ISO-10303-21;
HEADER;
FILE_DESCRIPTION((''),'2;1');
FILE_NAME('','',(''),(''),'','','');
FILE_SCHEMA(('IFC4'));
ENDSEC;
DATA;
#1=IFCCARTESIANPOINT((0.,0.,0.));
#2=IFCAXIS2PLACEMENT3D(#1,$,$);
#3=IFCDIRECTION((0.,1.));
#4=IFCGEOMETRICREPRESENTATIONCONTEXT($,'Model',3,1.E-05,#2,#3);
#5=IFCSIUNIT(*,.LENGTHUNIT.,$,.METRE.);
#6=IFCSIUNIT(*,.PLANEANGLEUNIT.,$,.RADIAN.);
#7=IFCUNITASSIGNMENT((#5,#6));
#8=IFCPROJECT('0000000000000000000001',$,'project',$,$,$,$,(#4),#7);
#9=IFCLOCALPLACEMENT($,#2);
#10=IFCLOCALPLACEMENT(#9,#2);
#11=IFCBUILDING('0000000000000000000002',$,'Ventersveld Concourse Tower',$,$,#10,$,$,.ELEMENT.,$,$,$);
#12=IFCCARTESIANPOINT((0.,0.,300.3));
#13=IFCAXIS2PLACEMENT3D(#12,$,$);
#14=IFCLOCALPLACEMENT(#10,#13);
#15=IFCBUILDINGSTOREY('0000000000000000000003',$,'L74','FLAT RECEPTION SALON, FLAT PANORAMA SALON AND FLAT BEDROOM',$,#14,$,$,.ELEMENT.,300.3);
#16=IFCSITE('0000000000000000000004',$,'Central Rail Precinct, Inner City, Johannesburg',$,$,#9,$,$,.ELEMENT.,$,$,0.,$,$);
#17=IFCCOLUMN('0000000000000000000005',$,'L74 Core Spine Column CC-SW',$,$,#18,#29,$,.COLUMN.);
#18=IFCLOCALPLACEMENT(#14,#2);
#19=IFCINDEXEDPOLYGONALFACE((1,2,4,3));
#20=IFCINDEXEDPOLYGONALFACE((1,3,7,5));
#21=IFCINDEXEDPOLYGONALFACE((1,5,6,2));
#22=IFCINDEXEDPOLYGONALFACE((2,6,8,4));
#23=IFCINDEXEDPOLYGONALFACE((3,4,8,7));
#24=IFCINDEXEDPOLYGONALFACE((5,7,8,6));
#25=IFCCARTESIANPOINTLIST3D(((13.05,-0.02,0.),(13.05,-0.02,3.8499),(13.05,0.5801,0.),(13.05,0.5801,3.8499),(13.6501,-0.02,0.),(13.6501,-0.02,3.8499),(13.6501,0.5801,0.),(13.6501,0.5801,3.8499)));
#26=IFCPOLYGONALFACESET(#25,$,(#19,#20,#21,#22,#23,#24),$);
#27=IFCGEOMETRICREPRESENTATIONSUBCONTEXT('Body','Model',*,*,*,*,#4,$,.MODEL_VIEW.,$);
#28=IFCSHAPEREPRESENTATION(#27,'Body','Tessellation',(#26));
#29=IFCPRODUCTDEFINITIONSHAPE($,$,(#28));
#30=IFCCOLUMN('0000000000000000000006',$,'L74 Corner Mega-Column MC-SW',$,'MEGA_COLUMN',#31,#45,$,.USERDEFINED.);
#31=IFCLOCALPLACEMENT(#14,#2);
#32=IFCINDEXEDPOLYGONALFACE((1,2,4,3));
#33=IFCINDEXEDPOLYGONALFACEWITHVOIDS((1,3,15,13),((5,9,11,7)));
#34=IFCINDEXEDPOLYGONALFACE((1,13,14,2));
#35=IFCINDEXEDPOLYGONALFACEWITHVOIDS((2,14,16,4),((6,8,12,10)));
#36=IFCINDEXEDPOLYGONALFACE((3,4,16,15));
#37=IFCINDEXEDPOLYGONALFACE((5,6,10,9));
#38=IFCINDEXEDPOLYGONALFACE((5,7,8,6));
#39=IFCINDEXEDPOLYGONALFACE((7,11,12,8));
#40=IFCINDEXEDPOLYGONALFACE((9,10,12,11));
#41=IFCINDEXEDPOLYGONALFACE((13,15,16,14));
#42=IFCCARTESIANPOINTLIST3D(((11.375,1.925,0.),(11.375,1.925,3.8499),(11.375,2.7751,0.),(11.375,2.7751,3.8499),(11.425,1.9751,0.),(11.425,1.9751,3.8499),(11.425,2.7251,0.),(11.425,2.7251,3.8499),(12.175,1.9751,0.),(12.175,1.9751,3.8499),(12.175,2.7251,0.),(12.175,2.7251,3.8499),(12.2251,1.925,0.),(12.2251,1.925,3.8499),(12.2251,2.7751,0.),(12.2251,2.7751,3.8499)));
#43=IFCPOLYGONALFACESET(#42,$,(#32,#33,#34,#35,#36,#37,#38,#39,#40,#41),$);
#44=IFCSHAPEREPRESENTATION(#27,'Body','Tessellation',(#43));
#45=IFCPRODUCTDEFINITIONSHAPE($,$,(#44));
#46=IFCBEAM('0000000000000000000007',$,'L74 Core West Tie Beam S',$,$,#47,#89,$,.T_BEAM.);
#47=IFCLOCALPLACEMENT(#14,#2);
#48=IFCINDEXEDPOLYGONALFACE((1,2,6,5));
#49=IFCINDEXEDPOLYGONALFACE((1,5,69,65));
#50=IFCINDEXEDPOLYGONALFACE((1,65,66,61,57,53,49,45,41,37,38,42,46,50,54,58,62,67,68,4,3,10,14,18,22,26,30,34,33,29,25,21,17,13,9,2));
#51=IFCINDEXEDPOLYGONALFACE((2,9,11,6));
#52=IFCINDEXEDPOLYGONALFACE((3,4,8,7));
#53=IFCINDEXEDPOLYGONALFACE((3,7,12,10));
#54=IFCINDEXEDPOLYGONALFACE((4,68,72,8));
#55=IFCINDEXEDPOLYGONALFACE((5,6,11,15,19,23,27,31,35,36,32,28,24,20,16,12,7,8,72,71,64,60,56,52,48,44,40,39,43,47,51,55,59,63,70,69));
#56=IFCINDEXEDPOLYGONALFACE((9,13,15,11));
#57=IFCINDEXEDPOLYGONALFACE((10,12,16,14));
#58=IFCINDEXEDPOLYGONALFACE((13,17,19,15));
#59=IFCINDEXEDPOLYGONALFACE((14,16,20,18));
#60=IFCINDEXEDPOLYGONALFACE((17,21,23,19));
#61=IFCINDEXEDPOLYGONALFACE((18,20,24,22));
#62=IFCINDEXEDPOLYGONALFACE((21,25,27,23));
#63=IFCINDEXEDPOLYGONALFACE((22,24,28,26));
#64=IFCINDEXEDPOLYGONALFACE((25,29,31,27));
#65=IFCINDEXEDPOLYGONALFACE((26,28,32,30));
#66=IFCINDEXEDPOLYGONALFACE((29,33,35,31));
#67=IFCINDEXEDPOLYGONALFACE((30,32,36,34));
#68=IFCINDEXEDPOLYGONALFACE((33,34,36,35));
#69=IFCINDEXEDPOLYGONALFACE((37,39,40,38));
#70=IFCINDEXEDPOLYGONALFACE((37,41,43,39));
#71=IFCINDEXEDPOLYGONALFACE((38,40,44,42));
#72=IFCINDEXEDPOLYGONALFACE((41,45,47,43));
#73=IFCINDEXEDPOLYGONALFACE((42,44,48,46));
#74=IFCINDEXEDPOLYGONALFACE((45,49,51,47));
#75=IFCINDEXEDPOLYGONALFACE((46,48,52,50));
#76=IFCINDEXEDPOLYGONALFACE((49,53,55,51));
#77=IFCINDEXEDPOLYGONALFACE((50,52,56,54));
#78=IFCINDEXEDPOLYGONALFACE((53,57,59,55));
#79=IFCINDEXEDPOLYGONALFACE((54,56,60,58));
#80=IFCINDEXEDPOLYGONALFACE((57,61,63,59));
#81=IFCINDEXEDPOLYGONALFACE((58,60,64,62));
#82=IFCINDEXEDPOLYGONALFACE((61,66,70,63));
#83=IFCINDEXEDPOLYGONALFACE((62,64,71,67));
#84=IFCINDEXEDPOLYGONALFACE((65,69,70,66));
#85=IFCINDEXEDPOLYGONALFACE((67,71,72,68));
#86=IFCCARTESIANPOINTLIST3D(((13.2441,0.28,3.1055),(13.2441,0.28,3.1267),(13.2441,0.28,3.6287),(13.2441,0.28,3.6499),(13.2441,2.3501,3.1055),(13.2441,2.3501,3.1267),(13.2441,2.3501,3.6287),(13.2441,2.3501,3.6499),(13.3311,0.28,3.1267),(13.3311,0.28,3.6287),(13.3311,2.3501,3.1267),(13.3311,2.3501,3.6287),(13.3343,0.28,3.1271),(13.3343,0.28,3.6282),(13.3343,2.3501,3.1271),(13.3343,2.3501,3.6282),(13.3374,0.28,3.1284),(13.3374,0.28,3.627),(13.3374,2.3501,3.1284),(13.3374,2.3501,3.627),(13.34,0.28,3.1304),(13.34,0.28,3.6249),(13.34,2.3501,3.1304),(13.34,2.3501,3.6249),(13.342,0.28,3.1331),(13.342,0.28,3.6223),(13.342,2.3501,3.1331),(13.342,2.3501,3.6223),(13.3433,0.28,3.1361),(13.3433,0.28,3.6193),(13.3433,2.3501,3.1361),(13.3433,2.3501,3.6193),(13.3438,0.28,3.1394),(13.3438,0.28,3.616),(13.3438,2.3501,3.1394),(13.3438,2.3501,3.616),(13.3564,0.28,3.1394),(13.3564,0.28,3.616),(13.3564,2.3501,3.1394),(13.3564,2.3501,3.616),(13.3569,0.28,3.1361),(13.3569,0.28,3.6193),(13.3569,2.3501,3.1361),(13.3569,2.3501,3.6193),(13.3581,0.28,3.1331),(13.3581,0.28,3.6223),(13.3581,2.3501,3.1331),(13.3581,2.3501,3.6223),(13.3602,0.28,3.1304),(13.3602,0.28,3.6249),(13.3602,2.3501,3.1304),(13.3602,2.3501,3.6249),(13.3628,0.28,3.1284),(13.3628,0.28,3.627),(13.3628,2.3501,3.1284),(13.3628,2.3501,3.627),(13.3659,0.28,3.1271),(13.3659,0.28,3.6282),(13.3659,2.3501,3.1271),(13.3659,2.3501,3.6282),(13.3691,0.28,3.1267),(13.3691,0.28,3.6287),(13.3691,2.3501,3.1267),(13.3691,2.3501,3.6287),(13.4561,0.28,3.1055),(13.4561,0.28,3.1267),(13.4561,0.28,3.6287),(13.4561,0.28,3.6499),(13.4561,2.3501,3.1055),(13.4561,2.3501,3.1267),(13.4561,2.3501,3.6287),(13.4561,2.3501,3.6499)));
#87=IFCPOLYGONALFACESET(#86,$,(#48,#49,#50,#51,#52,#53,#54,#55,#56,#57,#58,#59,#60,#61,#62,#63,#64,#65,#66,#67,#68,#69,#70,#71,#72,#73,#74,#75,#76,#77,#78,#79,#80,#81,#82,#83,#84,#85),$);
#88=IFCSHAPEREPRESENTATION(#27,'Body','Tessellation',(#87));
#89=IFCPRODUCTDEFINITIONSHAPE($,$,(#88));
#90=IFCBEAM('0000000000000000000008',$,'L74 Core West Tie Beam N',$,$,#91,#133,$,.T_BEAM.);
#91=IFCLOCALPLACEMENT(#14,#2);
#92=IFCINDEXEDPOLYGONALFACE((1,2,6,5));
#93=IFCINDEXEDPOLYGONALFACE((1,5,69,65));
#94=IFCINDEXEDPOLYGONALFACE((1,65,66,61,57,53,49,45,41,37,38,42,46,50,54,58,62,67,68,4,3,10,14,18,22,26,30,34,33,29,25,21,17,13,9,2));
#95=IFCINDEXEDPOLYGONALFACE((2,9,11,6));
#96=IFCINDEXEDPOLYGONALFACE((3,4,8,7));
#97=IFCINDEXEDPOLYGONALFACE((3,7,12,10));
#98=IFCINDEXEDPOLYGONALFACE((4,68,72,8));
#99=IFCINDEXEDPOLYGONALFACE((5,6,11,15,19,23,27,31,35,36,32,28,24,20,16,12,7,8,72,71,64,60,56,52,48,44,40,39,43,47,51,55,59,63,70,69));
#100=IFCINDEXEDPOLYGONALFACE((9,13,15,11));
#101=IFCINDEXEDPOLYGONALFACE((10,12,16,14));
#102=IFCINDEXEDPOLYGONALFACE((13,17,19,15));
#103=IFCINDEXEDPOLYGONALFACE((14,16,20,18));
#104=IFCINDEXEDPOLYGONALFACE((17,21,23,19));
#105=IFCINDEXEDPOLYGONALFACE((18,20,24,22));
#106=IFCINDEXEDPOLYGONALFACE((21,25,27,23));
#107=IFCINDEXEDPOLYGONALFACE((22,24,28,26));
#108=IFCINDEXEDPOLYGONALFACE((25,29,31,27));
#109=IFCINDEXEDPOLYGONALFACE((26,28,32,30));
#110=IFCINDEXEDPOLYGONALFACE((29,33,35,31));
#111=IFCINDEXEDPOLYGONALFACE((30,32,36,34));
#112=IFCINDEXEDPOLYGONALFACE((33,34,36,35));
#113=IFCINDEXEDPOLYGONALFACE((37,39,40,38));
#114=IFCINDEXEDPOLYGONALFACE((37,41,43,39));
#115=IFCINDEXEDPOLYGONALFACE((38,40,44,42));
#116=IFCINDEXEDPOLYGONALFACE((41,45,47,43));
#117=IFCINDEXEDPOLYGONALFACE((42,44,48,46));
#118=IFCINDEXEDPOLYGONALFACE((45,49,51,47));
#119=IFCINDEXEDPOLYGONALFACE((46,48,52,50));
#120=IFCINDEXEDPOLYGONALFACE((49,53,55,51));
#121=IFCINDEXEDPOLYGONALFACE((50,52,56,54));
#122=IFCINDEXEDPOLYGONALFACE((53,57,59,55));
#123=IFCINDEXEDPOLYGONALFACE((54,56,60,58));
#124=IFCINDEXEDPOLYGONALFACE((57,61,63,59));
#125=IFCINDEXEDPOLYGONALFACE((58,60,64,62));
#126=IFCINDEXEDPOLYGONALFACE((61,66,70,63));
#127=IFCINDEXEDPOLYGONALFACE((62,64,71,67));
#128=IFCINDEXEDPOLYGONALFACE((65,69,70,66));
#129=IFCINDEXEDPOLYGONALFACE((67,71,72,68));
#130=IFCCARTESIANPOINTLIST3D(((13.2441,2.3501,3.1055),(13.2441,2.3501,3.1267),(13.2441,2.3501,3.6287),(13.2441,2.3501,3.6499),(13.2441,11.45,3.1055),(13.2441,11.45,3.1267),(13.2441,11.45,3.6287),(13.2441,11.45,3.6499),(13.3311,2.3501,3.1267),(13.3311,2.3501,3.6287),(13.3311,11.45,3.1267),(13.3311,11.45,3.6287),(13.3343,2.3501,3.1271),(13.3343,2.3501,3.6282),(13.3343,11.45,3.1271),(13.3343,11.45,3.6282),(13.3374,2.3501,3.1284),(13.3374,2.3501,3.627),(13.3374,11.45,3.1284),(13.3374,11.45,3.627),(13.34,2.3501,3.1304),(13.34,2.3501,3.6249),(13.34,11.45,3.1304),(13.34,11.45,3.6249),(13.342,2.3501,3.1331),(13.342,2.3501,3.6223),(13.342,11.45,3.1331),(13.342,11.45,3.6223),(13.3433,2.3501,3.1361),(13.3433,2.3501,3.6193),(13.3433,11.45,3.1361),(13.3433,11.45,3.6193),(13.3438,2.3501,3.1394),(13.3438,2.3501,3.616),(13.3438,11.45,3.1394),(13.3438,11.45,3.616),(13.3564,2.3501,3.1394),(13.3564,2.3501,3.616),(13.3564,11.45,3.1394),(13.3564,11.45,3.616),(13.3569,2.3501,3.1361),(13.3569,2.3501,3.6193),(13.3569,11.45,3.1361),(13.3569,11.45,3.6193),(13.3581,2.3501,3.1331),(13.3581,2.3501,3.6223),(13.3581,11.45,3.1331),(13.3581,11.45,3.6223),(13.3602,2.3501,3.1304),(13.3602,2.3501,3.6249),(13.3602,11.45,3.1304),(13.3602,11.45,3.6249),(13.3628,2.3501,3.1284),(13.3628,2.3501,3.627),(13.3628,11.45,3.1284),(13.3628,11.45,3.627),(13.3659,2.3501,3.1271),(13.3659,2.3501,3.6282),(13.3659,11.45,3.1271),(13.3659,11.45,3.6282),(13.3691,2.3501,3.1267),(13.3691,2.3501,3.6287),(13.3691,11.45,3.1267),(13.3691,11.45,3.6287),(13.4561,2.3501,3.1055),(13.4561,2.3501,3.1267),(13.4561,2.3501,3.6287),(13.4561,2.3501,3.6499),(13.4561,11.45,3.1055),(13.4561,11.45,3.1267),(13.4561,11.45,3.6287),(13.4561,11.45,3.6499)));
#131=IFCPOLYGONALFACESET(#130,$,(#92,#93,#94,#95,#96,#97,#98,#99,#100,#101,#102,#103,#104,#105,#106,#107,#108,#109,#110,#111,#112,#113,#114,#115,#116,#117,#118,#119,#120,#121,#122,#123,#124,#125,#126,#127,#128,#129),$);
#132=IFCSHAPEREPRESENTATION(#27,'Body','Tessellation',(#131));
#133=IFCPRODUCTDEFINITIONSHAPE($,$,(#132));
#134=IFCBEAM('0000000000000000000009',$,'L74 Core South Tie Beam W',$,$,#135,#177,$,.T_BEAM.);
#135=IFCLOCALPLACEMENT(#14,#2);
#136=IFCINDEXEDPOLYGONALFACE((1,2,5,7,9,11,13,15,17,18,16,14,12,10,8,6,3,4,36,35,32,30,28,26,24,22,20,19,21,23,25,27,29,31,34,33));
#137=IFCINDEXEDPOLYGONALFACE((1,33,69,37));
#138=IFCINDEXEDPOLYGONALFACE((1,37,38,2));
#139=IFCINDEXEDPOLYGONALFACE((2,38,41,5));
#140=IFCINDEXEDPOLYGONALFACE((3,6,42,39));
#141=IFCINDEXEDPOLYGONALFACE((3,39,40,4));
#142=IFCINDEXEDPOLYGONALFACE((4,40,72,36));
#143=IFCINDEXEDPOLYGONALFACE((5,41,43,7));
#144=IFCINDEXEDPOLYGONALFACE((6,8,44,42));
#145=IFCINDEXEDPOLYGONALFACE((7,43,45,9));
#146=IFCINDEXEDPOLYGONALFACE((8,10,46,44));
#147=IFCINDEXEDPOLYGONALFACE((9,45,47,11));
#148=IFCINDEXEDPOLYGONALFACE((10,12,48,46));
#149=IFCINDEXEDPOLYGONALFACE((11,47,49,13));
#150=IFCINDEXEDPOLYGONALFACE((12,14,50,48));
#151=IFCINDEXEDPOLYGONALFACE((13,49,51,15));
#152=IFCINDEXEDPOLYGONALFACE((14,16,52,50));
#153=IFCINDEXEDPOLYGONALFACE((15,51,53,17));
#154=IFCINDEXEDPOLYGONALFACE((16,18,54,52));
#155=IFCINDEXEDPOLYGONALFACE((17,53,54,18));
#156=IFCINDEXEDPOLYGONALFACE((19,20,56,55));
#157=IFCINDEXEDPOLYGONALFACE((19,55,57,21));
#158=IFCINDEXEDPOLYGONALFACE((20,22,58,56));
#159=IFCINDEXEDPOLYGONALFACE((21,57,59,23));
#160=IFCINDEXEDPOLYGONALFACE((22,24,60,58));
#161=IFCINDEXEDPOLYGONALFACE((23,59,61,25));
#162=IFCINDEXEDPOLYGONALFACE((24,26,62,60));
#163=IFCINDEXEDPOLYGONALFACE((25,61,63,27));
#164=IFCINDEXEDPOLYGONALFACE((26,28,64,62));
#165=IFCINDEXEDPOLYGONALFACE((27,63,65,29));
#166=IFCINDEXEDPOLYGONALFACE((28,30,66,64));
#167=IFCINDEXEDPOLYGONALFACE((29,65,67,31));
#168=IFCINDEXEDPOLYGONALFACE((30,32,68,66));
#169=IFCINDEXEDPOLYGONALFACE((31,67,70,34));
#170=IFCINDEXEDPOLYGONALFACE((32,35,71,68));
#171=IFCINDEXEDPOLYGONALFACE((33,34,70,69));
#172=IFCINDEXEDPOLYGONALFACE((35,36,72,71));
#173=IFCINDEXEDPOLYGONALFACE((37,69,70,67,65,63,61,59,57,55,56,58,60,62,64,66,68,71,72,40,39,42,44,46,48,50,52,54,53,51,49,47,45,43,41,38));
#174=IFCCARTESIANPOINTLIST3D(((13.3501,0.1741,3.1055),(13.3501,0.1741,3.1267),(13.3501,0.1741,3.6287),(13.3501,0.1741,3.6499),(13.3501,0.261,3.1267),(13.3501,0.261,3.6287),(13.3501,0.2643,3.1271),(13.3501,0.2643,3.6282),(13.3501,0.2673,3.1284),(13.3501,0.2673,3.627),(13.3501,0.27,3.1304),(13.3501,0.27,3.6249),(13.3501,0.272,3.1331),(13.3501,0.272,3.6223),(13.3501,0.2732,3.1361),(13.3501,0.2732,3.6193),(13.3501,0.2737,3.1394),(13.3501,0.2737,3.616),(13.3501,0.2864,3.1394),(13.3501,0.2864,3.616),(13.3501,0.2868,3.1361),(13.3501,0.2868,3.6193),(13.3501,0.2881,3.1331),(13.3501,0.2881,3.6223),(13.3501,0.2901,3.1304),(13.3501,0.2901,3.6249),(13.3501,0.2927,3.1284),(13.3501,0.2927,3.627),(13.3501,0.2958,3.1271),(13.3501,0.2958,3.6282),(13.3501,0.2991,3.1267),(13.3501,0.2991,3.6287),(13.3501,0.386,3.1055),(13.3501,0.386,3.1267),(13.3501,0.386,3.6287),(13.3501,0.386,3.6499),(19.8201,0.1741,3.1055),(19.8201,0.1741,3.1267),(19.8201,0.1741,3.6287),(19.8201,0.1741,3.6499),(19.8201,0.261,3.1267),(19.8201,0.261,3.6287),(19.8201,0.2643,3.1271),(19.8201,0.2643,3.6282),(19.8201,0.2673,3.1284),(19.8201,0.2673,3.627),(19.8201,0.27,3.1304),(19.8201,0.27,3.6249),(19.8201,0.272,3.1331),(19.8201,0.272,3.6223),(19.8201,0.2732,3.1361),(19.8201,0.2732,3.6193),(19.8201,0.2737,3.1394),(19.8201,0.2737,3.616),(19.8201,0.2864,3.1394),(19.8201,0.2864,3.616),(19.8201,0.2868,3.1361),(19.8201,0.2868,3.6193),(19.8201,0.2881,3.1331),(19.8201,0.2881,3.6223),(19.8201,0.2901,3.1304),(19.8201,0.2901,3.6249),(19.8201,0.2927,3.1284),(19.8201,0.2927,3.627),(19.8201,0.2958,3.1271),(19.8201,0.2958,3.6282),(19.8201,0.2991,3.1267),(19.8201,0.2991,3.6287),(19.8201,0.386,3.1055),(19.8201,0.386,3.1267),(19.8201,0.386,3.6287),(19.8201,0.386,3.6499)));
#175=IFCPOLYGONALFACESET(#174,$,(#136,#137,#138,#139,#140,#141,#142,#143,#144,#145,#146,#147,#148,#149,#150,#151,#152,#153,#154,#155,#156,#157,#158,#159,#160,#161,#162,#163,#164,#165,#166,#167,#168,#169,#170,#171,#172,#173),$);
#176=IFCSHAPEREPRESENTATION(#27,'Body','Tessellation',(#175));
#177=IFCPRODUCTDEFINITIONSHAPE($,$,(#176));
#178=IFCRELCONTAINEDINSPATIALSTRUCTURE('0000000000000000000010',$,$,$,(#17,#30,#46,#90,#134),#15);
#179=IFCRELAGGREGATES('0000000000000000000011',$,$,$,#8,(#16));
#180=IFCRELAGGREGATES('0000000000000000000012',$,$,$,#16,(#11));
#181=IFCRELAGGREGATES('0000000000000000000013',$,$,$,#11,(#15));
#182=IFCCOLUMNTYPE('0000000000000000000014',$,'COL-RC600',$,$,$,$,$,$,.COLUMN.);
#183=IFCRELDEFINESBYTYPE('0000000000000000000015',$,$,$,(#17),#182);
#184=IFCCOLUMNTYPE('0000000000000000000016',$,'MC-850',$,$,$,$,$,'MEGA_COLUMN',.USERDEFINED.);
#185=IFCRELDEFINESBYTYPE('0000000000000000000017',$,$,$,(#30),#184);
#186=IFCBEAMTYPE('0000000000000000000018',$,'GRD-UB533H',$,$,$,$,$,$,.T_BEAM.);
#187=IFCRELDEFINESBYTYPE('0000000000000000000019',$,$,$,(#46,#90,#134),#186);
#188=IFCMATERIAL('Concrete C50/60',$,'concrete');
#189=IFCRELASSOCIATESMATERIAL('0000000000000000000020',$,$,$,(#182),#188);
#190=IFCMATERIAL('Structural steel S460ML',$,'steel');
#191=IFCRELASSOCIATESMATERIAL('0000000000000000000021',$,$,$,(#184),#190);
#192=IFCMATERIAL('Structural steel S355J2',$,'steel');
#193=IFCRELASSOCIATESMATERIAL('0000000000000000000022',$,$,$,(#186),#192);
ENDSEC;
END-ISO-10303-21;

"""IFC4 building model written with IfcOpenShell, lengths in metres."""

from ifc_helpers import new_model, si_unit, direction, frame, origin, origin_2d, place, context, subcontext, project, spatial, rectangle, hollow_rectangle, i_section, extrude, material, material_profile, profile_set, type_object, element, save


model = new_model("IFC4")

# Units and contexts
model_context = context("Model", 3, precision=1e-05, world=origin(), true_north=direction((0.0, 1.0)))
body_context = subcontext(model_context, "Body", "Model", "MODEL_VIEW")
ifc_project = project(units=[si_unit("LENGTHUNIT", "METRE"), si_unit("PLANEANGLEUNIT", "RADIAN")], contexts=[model_context])

# Site, building, storey
site_placement = place(None, origin())
site = spatial("IfcSite", under=ifc_project, at=site_placement, Name="Central Rail Precinct, Inner City, Johannesburg", CompositionType="ELEMENT", RefElevation=0.0)
building_placement = place(site_placement, origin())
building = spatial("IfcBuilding", under=site, at=building_placement, Name="Ventersveld Concourse Tower", CompositionType="ELEMENT")
storey_placement = place(building_placement, frame((0.0, 0.0, 300.3)))
storey = spatial("IfcBuildingStorey", under=building, at=storey_placement, Name="L74", Description="FLAT RECEPTION SALON, FLAT PANORAMA SALON AND FLAT BEDROOM", CompositionType="ELEMENT", Elevation=300.3)

# Columns
ifc_material_1 = material(Name="Concrete C50/60", Category="concrete")
ifc_material_profile_1 = material_profile(ifc_material_1, rectangle(XDim=0.6001, YDim=0.6001, at=origin_2d()), Name="RC 600x600")
ifc_profile_set_1 = profile_set([ifc_material_profile_1], Name="Concrete C50/60")
column_type_1 = type_object("IfcColumnType", Name="COL-RC600", PredefinedType="COLUMN", material=ifc_profile_set_1)
column_1_placement = place(storey_placement, frame((13.3501, 0.28, 0.0), z_axis=(0.0, 0.0, 1.0), x_axis=(1.0, 0.0, 0.0)))
element("IfcColumn", 1, at=column_1_placement, inside=storey, type_object=column_type_1, Name="L74 Core Spine Column CC-SW", PredefinedType="COLUMN", context=body_context, shape_type="SweptSolid", body=[
    extrude(rectangle(XDim=0.6001, YDim=0.6001, at=origin_2d()), origin(), (0.0, 0.0, 1.0), 3.8499),
])
ifc_material_2 = material(Name="Structural steel S460ML", Category="steel")
ifc_material_profile_2 = material_profile(ifc_material_2, hollow_rectangle(XDim=0.8501, YDim=0.8501, WallThickness=0.05, at=origin_2d()), Name="BOX 850x850x50")
ifc_profile_set_2 = profile_set([ifc_material_profile_2], Name="Structural steel S460ML")
column_type_2 = type_object("IfcColumnType", Name="MC-850", ElementType="MEGA_COLUMN", PredefinedType="USERDEFINED", material=ifc_profile_set_2)
column_2_placement = place(storey_placement, frame((11.8, 2.3501, 0.0), z_axis=(0.0, 0.0, 1.0), x_axis=(1.0, 0.0, 0.0)))
element("IfcColumn", 2, at=column_2_placement, inside=storey, type_object=column_type_2, Name="L74 Corner Mega-Column MC-SW", ObjectType="MEGA_COLUMN", PredefinedType="USERDEFINED", context=body_context, shape_type="SweptSolid", body=[
    extrude(hollow_rectangle(XDim=0.8501, YDim=0.8501, WallThickness=0.05, at=origin_2d()), origin(), (0.0, 0.0, 1.0), 3.8499),
])

# Beams
ifc_material_3 = material(Name="Structural steel S355J2", Category="steel")
ifc_material_profile_3 = material_profile(ifc_material_3, i_section(OverallWidth=0.2119, OverallDepth=0.5444, WebThickness=0.0127, FlangeThickness=0.0212, FilletRadius=0.0127, at=origin_2d()), Name="UB 533x210x122")
ifc_profile_set_3 = profile_set([ifc_material_profile_3], Name="Structural steel S355J2")
beam_type_1 = type_object("IfcBeamType", Name="GRD-UB533H", PredefinedType="T_BEAM", material=ifc_profile_set_3)
beam_1_placement = place(storey_placement, frame((13.3501, 0.28, 3.3777), z_axis=(0.0, 1.0, 0.0), x_axis=(-1.0, 0.0, 0.0)))
element("IfcBeam", 3, at=beam_1_placement, inside=storey, type_object=beam_type_1, Name="L74 Core West Tie Beam S", PredefinedType="T_BEAM", context=body_context, shape_type="SweptSolid", body=[
    extrude(i_section(OverallWidth=0.2119, OverallDepth=0.5444, WebThickness=0.0127, FlangeThickness=0.0212, FilletRadius=0.0127, at=origin_2d()), origin(), (0.0, 0.0, 1.0), 2.0701),
])
beam_2_placement = place(storey_placement, frame((13.3501, 2.3501, 3.3777), z_axis=(0.0, 1.0, 0.0), x_axis=(-1.0, 0.0, 0.0)))
element("IfcBeam", 4, at=beam_2_placement, inside=storey, type_object=beam_type_1, Name="L74 Core West Tie Beam N", PredefinedType="T_BEAM", context=body_context, shape_type="SweptSolid", body=[
    extrude(i_section(OverallWidth=0.2119, OverallDepth=0.5444, WebThickness=0.0127, FlangeThickness=0.0212, FilletRadius=0.0127, at=origin_2d()), origin(), (0.0, 0.0, 1.0), 9.0999),
])
beam_3_placement = place(storey_placement, frame((13.3501, 0.28, 3.3777), z_axis=(1.0, 0.0, 0.0), x_axis=(0.0, 1.0, 0.0)))
element("IfcBeam", 5, at=beam_3_placement, inside=storey, type_object=beam_type_1, Name="L74 Core South Tie Beam W", PredefinedType="T_BEAM", context=body_context, shape_type="SweptSolid", body=[
    extrude(i_section(OverallWidth=0.2119, OverallDepth=0.5444, WebThickness=0.0127, FlangeThickness=0.0212, FilletRadius=0.0127, at=origin_2d()), origin(), (0.0, 0.0, 1.0), 6.47),
])

save(model, "model.ifc")
